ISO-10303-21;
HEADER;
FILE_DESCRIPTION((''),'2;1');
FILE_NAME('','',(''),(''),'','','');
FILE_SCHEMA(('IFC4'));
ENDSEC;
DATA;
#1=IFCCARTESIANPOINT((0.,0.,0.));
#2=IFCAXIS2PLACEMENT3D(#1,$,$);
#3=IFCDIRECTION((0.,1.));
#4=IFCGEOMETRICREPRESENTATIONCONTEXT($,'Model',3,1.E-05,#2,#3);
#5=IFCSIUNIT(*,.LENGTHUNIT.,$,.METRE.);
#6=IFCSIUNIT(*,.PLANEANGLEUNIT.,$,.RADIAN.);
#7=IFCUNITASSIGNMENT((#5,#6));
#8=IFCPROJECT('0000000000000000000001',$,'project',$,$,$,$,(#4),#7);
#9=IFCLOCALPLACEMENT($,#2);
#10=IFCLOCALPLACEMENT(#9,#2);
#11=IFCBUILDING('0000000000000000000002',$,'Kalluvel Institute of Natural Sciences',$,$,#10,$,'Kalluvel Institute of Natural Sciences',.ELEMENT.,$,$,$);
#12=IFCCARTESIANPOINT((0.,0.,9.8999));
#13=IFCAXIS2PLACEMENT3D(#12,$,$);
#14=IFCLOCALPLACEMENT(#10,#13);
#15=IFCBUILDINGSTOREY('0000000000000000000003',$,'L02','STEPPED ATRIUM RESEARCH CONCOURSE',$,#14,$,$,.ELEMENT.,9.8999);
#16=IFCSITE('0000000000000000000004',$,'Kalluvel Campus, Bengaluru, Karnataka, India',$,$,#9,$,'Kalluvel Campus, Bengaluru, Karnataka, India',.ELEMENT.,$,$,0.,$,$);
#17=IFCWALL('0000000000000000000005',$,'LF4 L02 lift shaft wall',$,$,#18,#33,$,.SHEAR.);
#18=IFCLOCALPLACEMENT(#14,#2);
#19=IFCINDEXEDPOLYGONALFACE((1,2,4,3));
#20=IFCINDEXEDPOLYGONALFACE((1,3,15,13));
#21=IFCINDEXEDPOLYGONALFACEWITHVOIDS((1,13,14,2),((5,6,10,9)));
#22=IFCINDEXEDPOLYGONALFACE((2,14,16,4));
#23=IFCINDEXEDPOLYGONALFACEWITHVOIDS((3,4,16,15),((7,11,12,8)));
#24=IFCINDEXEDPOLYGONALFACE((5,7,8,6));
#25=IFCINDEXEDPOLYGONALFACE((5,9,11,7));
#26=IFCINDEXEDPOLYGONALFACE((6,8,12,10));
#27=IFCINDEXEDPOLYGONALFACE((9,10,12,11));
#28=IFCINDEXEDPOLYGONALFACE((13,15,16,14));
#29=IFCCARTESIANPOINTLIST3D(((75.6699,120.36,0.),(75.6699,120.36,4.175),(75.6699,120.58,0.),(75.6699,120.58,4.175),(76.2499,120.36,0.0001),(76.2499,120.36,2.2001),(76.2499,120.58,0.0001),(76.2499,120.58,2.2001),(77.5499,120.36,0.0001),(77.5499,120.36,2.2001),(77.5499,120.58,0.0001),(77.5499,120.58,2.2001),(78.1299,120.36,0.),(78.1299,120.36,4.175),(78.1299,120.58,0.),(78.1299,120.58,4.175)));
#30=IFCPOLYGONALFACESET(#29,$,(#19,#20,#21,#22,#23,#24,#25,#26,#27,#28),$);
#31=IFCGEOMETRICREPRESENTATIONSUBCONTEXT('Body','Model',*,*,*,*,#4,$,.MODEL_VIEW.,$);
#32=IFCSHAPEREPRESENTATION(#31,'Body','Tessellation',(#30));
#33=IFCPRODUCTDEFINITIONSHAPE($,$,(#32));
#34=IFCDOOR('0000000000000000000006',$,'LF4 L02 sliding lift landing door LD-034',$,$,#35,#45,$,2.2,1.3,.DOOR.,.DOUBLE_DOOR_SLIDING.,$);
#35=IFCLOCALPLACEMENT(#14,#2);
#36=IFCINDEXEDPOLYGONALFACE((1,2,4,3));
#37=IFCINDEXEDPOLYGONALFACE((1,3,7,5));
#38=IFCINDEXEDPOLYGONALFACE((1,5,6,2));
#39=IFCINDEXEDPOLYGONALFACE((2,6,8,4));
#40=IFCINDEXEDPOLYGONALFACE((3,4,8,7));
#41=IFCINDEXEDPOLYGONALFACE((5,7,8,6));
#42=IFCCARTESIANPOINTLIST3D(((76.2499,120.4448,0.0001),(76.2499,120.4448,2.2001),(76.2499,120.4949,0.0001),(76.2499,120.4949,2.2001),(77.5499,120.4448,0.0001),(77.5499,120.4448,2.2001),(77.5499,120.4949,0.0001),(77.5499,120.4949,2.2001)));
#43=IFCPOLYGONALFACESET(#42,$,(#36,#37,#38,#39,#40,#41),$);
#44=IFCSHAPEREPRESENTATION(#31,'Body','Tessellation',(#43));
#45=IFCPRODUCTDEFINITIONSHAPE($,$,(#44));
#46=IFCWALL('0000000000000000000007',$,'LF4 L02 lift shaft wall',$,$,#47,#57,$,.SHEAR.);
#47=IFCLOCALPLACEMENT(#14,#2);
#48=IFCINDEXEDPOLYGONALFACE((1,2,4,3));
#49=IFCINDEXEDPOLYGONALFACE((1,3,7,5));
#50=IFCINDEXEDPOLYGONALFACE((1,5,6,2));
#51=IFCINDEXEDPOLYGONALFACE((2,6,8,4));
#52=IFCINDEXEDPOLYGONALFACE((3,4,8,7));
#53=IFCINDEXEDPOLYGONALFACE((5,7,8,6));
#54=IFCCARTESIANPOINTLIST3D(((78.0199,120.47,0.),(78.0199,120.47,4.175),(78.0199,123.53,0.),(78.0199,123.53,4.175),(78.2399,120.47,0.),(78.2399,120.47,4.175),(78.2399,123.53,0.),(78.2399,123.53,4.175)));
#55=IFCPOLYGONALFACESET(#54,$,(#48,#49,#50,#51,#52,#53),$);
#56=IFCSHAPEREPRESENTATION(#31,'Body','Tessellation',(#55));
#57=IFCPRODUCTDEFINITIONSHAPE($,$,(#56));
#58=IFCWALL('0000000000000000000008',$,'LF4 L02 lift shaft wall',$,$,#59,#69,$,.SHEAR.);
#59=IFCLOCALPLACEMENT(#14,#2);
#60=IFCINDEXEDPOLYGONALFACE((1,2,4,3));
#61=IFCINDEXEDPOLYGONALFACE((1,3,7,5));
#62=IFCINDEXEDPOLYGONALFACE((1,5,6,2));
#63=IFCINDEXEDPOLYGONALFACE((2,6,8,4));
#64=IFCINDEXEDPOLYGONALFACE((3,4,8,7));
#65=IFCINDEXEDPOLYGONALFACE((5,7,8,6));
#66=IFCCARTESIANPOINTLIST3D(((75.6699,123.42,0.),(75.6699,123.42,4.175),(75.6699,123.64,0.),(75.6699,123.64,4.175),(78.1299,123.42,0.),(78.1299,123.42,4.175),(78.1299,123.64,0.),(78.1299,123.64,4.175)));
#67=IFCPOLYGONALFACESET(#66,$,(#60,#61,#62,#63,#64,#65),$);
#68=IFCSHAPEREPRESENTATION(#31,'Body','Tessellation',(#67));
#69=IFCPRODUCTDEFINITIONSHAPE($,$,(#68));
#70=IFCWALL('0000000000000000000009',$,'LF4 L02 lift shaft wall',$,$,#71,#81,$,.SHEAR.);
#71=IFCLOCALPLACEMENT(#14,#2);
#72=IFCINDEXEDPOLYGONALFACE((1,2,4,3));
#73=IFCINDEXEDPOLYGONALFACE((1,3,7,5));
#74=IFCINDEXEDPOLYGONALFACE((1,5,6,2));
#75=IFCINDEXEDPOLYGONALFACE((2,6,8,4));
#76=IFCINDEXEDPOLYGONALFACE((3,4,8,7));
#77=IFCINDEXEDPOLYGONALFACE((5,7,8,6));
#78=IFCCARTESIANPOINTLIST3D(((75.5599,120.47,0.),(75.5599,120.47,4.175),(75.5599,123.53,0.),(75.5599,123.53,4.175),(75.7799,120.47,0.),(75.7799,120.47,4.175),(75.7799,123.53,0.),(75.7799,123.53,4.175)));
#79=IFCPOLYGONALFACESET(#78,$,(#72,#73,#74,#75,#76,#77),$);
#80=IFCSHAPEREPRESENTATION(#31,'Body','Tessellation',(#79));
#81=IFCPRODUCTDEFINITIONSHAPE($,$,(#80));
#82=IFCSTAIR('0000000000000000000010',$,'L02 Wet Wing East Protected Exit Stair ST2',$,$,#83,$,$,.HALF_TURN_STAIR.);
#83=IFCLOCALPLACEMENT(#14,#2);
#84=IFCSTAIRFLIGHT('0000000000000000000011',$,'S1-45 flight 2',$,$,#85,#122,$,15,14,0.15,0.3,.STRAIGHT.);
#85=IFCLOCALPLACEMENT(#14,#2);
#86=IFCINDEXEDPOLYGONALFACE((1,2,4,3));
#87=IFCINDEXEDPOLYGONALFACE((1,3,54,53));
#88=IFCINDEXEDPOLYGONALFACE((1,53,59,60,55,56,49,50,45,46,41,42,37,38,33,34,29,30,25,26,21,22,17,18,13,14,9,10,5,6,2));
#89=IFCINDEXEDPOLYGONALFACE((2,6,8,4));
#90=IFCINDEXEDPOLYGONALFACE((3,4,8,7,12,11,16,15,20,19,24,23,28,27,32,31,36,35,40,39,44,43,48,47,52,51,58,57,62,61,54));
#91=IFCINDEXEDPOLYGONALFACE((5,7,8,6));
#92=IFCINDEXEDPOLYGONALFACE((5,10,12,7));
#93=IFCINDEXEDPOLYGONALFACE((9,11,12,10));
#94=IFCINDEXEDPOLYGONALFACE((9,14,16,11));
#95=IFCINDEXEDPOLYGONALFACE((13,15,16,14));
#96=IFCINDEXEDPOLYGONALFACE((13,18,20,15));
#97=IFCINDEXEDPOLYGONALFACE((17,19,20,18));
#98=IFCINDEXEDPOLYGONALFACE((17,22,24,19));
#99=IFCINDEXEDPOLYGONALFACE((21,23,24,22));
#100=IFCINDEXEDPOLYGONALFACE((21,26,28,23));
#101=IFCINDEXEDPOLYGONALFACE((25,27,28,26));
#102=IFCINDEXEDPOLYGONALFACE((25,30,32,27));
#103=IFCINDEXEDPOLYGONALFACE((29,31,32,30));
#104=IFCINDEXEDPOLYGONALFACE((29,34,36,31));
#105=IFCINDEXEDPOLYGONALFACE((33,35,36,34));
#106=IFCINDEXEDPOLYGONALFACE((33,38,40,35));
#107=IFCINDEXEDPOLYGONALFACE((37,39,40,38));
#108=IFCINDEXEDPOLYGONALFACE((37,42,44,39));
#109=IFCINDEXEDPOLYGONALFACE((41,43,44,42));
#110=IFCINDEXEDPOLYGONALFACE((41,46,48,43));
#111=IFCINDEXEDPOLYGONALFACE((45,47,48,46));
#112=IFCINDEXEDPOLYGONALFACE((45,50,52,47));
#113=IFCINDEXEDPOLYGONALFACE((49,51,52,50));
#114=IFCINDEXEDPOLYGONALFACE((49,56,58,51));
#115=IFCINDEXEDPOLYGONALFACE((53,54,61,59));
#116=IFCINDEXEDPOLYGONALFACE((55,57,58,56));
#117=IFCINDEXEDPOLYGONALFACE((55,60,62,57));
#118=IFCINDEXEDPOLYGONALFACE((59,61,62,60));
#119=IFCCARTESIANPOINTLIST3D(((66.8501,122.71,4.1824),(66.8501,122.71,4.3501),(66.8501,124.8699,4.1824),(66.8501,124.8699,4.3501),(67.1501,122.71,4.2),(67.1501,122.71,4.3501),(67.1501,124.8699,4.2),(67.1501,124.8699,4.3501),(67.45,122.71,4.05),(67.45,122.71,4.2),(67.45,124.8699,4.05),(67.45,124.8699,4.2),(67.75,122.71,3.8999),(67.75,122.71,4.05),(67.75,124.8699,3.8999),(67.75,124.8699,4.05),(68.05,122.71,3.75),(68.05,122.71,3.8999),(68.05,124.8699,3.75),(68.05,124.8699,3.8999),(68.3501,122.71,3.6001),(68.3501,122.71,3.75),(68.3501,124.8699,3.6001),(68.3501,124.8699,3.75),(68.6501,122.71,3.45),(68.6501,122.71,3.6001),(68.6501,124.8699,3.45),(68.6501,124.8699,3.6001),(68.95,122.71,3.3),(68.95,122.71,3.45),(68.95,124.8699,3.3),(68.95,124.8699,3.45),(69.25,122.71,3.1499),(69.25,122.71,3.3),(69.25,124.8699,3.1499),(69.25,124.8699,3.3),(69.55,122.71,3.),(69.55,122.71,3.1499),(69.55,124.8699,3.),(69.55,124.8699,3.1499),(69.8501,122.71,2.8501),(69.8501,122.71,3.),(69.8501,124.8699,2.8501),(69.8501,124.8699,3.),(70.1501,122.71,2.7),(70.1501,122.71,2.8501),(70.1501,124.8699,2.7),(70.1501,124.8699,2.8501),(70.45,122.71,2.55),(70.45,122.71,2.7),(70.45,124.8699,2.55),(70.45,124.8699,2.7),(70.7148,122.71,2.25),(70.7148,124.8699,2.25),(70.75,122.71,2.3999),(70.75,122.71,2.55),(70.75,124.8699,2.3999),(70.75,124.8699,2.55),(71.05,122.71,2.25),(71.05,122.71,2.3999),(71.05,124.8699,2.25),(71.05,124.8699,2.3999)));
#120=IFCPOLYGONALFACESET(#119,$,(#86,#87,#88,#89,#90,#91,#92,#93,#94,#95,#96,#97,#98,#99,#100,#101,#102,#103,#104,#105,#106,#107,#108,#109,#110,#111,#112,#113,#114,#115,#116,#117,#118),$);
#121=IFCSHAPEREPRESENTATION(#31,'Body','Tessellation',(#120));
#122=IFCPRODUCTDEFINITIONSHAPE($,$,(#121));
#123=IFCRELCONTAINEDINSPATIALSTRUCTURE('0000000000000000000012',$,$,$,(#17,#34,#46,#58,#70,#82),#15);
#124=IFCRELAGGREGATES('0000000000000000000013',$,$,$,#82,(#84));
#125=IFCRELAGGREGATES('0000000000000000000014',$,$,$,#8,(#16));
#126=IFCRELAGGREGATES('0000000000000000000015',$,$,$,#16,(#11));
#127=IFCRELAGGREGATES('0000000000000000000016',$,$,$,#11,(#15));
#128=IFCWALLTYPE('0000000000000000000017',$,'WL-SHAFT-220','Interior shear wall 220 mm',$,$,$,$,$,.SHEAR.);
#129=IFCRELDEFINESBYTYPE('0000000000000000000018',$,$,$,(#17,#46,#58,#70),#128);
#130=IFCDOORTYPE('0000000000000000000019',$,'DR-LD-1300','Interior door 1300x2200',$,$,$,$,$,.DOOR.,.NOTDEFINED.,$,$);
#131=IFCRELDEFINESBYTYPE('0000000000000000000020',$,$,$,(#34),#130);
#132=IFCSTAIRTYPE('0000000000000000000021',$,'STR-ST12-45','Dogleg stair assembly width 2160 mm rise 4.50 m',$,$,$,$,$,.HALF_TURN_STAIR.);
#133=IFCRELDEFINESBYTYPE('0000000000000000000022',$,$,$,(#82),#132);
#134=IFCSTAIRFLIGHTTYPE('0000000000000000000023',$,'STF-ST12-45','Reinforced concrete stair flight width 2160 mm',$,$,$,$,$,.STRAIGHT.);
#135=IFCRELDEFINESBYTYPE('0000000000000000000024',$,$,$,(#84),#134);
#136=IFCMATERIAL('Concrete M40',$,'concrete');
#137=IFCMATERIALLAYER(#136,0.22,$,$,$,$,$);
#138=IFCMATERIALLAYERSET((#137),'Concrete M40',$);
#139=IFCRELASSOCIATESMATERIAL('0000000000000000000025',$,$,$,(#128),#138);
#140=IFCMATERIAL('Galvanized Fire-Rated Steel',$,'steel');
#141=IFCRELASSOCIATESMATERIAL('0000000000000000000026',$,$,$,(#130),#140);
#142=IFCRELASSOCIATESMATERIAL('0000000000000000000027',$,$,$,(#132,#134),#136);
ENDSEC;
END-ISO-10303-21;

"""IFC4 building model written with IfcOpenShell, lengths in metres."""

from ifc_helpers import new_model, si_unit, direction, frame, frame_2d, origin, place, context, subcontext, project, spatial, polyline, rectangle, outline, extrude, material, layer, layer_set, type_object, element, fill, aggregate, save


model = new_model("IFC4")

# Units and contexts
model_context = context("Model", 3, precision=1e-05, world=origin(), true_north=direction((0.0, 1.0)))
body_context = subcontext(model_context, "Body", "Model", "MODEL_VIEW")
ifc_project = project(units=[si_unit("LENGTHUNIT", "METRE"), si_unit("PLANEANGLEUNIT", "RADIAN")], contexts=[model_context])

# Site, building, storey
site_placement = place(None, origin())
site = spatial("IfcSite", under=ifc_project, at=site_placement, Name="Kalluvel Campus, Bengaluru, Karnataka, India", LongName="Kalluvel Campus, Bengaluru, Karnataka, India", CompositionType="ELEMENT", RefElevation=0.0)
building_placement = place(site_placement, origin())
building = spatial("IfcBuilding", under=site, at=building_placement, Name="Kalluvel Institute of Natural Sciences", LongName="Kalluvel Institute of Natural Sciences", CompositionType="ELEMENT")
storey_placement = place(building_placement, frame((0.0, 0.0, 9.8999)))
storey = spatial("IfcBuildingStorey", under=building, at=storey_placement, Name="L02", Description="STEPPED ATRIUM RESEARCH CONCOURSE", CompositionType="ELEMENT", Elevation=9.8999)

# Shared definitions
ifc_material_1 = material(Name="Concrete M40", Category="concrete")

# Wall, opening, door
ifc_layer_1 = layer(ifc_material_1, 0.22)
ifc_layer_set_1 = layer_set([ifc_layer_1], Name="Concrete M40")
wall_type_1 = type_object("IfcWallType", Name="WL-SHAFT-220", Description="Interior shear wall 220 mm", PredefinedType="SHEAR", material=ifc_layer_set_1)
wall_1_placement = place(storey_placement, frame((75.6699, 120.47, 0.0), z_axis=(0.0, 0.0, 1.0), x_axis=(1.0, 0.0, 0.0)))
wall_1 = element("IfcWall", 1, at=wall_1_placement, inside=storey, type_object=wall_type_1, Name="LF4 L02 lift shaft wall", PredefinedType="SHEAR", context=body_context, shape_type="SweptSolid", body=[
    extrude(rectangle(XDim=2.46, YDim=0.22, at=frame_2d((1.23, 0.0))), origin(), (0.0, 0.0, 1.0), 4.175),
])
opening_1_placement = place(wall_1_placement, frame((0.5801, 0.0, 0.0)))
opening_1 = element("IfcOpeningElement", 2, at=opening_1_placement, cuts=wall_1, PredefinedType="OPENING", context=body_context, shape_type="SweptSolid", body=[
    extrude(rectangle(XDim=1.3, YDim=2.2, at=frame_2d((0.6499, 1.1001))), frame((0.0, 0.1199, 0.0), z_axis=(0.0, -1.0, 0.0), x_axis=(1.0, 0.0, 0.0)), (0.0, 0.0, 1.0), 0.24),
])
ifc_material_2 = material(Name="Galvanized Fire-Rated Steel", Category="steel")
door_type_1 = type_object("IfcDoorType", Name="DR-LD-1300", Description="Interior door 1300x2200", OperationType="NOTDEFINED", PredefinedType="DOOR", material=ifc_material_2)
door_1_placement = place(opening_1_placement, origin())
door_1 = element("IfcDoor", 3, at=door_1_placement, inside=storey, type_object=door_type_1, Name="LF4 L02 sliding lift landing door LD-034", OperationType="DOUBLE_DOOR_SLIDING", OverallHeight=2.2, OverallWidth=1.3, PredefinedType="DOOR", context=body_context, shape_type="SweptSolid", body=[
    extrude(rectangle(XDim=1.3, YDim=2.2, at=frame_2d((0.6499, 1.1001))), frame((0.0, 0.0249, 0.0), z_axis=(0.0, -1.0, 0.0), x_axis=(1.0, 0.0, 0.0)), (0.0, 0.0, 1.0), 0.05),
])
fill(opening_1, door_1)

# Walls
wall_2_placement = place(storey_placement, frame((78.1299, 120.47, 0.0), z_axis=(0.0, 0.0, 1.0), x_axis=(0.0, 1.0, 0.0)))
element("IfcWall", 4, at=wall_2_placement, inside=storey, type_object=wall_type_1, Name="LF4 L02 lift shaft wall", PredefinedType="SHEAR", context=body_context, shape_type="SweptSolid", body=[
    extrude(rectangle(XDim=3.0601, YDim=0.22, at=frame_2d((1.53, 0.0))), origin(), (0.0, 0.0, 1.0), 4.175),
])
wall_3_placement = place(storey_placement, frame((78.1299, 123.53, 0.0), z_axis=(0.0, 0.0, 1.0), x_axis=(-1.0, 0.0, 0.0)))
element("IfcWall", 5, at=wall_3_placement, inside=storey, type_object=wall_type_1, Name="LF4 L02 lift shaft wall", PredefinedType="SHEAR", context=body_context, shape_type="SweptSolid", body=[
    extrude(rectangle(XDim=2.46, YDim=0.22, at=frame_2d((1.23, 0.0))), origin(), (0.0, 0.0, 1.0), 4.175),
])
wall_4_placement = place(storey_placement, frame((75.6699, 123.53, 0.0), z_axis=(0.0, 0.0, 1.0), x_axis=(0.0, -1.0, 0.0)))
element("IfcWall", 6, at=wall_4_placement, inside=storey, type_object=wall_type_1, Name="LF4 L02 lift shaft wall", PredefinedType="SHEAR", context=body_context, shape_type="SweptSolid", body=[
    extrude(rectangle(XDim=3.0601, YDim=0.22, at=frame_2d((1.53, 0.0))), origin(), (0.0, 0.0, 1.0), 4.175),
])

# Stair, stair flight
stair_type = type_object("IfcStairType", Name="STR-ST12-45", Description="Dogleg stair assembly width 2160 mm rise 4.50 m", PredefinedType="HALF_TURN_STAIR", material=ifc_material_1)
stair_placement = place(storey_placement, origin())
stair = element("IfcStair", 7, at=stair_placement, inside=storey, type_object=stair_type, Name="L02 Wet Wing East Protected Exit Stair ST2", PredefinedType="HALF_TURN_STAIR")
stair_flight_type = type_object("IfcStairFlightType", Name="STF-ST12-45", Description="Reinforced concrete stair flight width 2160 mm", PredefinedType="STRAIGHT", material=ifc_material_1)
stair_flight_placement = place(storey_placement, frame((71.05, 123.79, 2.25), z_axis=(0.0, 0.0, 1.0), x_axis=(-1.0, 0.0, 0.0)))
stair_flight = element("IfcStairFlight", 8, at=stair_flight_placement, type_object=stair_flight_type, Name="S1-45 flight 2", NumberOfRisers=15, NumberOfTreads=14, PredefinedType="STRAIGHT", RiserHeight=0.15, TreadLength=0.3, context=body_context, shape_type="SweptSolid", body=[
    extrude(outline(polyline([(0.0, 0.0), (0.0, 0.1499), (0.3, 0.1499), (0.3, 0.3), (0.6001, 0.3), (0.6001, 0.45), (0.8999, 0.45), (0.8999, 0.6001), (1.2, 0.6001), (1.2, 0.75), (1.5, 0.75), (1.5, 0.8999), (1.8, 0.8999), (1.8, 1.05), (2.1001, 1.05), (2.1001, 1.2), (2.3999, 1.2), (2.3999, 1.3501), (2.7, 1.3501), (2.7, 1.5), (3.0, 1.5), (3.0, 1.6499), (3.3, 1.6499), (3.3, 1.8), (3.6001, 1.8), (3.6001, 1.95), (3.8999, 1.95), (3.8999, 2.1001), (4.2, 2.1001), (4.2, 2.25), (4.2, 1.9324), (0.3352, 0.0), (0.0, 0.0)])), frame((0.0, 1.0801, 0.0), z_axis=(0.0, -1.0, 0.0), x_axis=(1.0, 0.0, 0.0)), (0.0, 0.0, 1.0), 2.1599),
])
aggregate(stair, [stair_flight])

save(model, "model.ifc")
